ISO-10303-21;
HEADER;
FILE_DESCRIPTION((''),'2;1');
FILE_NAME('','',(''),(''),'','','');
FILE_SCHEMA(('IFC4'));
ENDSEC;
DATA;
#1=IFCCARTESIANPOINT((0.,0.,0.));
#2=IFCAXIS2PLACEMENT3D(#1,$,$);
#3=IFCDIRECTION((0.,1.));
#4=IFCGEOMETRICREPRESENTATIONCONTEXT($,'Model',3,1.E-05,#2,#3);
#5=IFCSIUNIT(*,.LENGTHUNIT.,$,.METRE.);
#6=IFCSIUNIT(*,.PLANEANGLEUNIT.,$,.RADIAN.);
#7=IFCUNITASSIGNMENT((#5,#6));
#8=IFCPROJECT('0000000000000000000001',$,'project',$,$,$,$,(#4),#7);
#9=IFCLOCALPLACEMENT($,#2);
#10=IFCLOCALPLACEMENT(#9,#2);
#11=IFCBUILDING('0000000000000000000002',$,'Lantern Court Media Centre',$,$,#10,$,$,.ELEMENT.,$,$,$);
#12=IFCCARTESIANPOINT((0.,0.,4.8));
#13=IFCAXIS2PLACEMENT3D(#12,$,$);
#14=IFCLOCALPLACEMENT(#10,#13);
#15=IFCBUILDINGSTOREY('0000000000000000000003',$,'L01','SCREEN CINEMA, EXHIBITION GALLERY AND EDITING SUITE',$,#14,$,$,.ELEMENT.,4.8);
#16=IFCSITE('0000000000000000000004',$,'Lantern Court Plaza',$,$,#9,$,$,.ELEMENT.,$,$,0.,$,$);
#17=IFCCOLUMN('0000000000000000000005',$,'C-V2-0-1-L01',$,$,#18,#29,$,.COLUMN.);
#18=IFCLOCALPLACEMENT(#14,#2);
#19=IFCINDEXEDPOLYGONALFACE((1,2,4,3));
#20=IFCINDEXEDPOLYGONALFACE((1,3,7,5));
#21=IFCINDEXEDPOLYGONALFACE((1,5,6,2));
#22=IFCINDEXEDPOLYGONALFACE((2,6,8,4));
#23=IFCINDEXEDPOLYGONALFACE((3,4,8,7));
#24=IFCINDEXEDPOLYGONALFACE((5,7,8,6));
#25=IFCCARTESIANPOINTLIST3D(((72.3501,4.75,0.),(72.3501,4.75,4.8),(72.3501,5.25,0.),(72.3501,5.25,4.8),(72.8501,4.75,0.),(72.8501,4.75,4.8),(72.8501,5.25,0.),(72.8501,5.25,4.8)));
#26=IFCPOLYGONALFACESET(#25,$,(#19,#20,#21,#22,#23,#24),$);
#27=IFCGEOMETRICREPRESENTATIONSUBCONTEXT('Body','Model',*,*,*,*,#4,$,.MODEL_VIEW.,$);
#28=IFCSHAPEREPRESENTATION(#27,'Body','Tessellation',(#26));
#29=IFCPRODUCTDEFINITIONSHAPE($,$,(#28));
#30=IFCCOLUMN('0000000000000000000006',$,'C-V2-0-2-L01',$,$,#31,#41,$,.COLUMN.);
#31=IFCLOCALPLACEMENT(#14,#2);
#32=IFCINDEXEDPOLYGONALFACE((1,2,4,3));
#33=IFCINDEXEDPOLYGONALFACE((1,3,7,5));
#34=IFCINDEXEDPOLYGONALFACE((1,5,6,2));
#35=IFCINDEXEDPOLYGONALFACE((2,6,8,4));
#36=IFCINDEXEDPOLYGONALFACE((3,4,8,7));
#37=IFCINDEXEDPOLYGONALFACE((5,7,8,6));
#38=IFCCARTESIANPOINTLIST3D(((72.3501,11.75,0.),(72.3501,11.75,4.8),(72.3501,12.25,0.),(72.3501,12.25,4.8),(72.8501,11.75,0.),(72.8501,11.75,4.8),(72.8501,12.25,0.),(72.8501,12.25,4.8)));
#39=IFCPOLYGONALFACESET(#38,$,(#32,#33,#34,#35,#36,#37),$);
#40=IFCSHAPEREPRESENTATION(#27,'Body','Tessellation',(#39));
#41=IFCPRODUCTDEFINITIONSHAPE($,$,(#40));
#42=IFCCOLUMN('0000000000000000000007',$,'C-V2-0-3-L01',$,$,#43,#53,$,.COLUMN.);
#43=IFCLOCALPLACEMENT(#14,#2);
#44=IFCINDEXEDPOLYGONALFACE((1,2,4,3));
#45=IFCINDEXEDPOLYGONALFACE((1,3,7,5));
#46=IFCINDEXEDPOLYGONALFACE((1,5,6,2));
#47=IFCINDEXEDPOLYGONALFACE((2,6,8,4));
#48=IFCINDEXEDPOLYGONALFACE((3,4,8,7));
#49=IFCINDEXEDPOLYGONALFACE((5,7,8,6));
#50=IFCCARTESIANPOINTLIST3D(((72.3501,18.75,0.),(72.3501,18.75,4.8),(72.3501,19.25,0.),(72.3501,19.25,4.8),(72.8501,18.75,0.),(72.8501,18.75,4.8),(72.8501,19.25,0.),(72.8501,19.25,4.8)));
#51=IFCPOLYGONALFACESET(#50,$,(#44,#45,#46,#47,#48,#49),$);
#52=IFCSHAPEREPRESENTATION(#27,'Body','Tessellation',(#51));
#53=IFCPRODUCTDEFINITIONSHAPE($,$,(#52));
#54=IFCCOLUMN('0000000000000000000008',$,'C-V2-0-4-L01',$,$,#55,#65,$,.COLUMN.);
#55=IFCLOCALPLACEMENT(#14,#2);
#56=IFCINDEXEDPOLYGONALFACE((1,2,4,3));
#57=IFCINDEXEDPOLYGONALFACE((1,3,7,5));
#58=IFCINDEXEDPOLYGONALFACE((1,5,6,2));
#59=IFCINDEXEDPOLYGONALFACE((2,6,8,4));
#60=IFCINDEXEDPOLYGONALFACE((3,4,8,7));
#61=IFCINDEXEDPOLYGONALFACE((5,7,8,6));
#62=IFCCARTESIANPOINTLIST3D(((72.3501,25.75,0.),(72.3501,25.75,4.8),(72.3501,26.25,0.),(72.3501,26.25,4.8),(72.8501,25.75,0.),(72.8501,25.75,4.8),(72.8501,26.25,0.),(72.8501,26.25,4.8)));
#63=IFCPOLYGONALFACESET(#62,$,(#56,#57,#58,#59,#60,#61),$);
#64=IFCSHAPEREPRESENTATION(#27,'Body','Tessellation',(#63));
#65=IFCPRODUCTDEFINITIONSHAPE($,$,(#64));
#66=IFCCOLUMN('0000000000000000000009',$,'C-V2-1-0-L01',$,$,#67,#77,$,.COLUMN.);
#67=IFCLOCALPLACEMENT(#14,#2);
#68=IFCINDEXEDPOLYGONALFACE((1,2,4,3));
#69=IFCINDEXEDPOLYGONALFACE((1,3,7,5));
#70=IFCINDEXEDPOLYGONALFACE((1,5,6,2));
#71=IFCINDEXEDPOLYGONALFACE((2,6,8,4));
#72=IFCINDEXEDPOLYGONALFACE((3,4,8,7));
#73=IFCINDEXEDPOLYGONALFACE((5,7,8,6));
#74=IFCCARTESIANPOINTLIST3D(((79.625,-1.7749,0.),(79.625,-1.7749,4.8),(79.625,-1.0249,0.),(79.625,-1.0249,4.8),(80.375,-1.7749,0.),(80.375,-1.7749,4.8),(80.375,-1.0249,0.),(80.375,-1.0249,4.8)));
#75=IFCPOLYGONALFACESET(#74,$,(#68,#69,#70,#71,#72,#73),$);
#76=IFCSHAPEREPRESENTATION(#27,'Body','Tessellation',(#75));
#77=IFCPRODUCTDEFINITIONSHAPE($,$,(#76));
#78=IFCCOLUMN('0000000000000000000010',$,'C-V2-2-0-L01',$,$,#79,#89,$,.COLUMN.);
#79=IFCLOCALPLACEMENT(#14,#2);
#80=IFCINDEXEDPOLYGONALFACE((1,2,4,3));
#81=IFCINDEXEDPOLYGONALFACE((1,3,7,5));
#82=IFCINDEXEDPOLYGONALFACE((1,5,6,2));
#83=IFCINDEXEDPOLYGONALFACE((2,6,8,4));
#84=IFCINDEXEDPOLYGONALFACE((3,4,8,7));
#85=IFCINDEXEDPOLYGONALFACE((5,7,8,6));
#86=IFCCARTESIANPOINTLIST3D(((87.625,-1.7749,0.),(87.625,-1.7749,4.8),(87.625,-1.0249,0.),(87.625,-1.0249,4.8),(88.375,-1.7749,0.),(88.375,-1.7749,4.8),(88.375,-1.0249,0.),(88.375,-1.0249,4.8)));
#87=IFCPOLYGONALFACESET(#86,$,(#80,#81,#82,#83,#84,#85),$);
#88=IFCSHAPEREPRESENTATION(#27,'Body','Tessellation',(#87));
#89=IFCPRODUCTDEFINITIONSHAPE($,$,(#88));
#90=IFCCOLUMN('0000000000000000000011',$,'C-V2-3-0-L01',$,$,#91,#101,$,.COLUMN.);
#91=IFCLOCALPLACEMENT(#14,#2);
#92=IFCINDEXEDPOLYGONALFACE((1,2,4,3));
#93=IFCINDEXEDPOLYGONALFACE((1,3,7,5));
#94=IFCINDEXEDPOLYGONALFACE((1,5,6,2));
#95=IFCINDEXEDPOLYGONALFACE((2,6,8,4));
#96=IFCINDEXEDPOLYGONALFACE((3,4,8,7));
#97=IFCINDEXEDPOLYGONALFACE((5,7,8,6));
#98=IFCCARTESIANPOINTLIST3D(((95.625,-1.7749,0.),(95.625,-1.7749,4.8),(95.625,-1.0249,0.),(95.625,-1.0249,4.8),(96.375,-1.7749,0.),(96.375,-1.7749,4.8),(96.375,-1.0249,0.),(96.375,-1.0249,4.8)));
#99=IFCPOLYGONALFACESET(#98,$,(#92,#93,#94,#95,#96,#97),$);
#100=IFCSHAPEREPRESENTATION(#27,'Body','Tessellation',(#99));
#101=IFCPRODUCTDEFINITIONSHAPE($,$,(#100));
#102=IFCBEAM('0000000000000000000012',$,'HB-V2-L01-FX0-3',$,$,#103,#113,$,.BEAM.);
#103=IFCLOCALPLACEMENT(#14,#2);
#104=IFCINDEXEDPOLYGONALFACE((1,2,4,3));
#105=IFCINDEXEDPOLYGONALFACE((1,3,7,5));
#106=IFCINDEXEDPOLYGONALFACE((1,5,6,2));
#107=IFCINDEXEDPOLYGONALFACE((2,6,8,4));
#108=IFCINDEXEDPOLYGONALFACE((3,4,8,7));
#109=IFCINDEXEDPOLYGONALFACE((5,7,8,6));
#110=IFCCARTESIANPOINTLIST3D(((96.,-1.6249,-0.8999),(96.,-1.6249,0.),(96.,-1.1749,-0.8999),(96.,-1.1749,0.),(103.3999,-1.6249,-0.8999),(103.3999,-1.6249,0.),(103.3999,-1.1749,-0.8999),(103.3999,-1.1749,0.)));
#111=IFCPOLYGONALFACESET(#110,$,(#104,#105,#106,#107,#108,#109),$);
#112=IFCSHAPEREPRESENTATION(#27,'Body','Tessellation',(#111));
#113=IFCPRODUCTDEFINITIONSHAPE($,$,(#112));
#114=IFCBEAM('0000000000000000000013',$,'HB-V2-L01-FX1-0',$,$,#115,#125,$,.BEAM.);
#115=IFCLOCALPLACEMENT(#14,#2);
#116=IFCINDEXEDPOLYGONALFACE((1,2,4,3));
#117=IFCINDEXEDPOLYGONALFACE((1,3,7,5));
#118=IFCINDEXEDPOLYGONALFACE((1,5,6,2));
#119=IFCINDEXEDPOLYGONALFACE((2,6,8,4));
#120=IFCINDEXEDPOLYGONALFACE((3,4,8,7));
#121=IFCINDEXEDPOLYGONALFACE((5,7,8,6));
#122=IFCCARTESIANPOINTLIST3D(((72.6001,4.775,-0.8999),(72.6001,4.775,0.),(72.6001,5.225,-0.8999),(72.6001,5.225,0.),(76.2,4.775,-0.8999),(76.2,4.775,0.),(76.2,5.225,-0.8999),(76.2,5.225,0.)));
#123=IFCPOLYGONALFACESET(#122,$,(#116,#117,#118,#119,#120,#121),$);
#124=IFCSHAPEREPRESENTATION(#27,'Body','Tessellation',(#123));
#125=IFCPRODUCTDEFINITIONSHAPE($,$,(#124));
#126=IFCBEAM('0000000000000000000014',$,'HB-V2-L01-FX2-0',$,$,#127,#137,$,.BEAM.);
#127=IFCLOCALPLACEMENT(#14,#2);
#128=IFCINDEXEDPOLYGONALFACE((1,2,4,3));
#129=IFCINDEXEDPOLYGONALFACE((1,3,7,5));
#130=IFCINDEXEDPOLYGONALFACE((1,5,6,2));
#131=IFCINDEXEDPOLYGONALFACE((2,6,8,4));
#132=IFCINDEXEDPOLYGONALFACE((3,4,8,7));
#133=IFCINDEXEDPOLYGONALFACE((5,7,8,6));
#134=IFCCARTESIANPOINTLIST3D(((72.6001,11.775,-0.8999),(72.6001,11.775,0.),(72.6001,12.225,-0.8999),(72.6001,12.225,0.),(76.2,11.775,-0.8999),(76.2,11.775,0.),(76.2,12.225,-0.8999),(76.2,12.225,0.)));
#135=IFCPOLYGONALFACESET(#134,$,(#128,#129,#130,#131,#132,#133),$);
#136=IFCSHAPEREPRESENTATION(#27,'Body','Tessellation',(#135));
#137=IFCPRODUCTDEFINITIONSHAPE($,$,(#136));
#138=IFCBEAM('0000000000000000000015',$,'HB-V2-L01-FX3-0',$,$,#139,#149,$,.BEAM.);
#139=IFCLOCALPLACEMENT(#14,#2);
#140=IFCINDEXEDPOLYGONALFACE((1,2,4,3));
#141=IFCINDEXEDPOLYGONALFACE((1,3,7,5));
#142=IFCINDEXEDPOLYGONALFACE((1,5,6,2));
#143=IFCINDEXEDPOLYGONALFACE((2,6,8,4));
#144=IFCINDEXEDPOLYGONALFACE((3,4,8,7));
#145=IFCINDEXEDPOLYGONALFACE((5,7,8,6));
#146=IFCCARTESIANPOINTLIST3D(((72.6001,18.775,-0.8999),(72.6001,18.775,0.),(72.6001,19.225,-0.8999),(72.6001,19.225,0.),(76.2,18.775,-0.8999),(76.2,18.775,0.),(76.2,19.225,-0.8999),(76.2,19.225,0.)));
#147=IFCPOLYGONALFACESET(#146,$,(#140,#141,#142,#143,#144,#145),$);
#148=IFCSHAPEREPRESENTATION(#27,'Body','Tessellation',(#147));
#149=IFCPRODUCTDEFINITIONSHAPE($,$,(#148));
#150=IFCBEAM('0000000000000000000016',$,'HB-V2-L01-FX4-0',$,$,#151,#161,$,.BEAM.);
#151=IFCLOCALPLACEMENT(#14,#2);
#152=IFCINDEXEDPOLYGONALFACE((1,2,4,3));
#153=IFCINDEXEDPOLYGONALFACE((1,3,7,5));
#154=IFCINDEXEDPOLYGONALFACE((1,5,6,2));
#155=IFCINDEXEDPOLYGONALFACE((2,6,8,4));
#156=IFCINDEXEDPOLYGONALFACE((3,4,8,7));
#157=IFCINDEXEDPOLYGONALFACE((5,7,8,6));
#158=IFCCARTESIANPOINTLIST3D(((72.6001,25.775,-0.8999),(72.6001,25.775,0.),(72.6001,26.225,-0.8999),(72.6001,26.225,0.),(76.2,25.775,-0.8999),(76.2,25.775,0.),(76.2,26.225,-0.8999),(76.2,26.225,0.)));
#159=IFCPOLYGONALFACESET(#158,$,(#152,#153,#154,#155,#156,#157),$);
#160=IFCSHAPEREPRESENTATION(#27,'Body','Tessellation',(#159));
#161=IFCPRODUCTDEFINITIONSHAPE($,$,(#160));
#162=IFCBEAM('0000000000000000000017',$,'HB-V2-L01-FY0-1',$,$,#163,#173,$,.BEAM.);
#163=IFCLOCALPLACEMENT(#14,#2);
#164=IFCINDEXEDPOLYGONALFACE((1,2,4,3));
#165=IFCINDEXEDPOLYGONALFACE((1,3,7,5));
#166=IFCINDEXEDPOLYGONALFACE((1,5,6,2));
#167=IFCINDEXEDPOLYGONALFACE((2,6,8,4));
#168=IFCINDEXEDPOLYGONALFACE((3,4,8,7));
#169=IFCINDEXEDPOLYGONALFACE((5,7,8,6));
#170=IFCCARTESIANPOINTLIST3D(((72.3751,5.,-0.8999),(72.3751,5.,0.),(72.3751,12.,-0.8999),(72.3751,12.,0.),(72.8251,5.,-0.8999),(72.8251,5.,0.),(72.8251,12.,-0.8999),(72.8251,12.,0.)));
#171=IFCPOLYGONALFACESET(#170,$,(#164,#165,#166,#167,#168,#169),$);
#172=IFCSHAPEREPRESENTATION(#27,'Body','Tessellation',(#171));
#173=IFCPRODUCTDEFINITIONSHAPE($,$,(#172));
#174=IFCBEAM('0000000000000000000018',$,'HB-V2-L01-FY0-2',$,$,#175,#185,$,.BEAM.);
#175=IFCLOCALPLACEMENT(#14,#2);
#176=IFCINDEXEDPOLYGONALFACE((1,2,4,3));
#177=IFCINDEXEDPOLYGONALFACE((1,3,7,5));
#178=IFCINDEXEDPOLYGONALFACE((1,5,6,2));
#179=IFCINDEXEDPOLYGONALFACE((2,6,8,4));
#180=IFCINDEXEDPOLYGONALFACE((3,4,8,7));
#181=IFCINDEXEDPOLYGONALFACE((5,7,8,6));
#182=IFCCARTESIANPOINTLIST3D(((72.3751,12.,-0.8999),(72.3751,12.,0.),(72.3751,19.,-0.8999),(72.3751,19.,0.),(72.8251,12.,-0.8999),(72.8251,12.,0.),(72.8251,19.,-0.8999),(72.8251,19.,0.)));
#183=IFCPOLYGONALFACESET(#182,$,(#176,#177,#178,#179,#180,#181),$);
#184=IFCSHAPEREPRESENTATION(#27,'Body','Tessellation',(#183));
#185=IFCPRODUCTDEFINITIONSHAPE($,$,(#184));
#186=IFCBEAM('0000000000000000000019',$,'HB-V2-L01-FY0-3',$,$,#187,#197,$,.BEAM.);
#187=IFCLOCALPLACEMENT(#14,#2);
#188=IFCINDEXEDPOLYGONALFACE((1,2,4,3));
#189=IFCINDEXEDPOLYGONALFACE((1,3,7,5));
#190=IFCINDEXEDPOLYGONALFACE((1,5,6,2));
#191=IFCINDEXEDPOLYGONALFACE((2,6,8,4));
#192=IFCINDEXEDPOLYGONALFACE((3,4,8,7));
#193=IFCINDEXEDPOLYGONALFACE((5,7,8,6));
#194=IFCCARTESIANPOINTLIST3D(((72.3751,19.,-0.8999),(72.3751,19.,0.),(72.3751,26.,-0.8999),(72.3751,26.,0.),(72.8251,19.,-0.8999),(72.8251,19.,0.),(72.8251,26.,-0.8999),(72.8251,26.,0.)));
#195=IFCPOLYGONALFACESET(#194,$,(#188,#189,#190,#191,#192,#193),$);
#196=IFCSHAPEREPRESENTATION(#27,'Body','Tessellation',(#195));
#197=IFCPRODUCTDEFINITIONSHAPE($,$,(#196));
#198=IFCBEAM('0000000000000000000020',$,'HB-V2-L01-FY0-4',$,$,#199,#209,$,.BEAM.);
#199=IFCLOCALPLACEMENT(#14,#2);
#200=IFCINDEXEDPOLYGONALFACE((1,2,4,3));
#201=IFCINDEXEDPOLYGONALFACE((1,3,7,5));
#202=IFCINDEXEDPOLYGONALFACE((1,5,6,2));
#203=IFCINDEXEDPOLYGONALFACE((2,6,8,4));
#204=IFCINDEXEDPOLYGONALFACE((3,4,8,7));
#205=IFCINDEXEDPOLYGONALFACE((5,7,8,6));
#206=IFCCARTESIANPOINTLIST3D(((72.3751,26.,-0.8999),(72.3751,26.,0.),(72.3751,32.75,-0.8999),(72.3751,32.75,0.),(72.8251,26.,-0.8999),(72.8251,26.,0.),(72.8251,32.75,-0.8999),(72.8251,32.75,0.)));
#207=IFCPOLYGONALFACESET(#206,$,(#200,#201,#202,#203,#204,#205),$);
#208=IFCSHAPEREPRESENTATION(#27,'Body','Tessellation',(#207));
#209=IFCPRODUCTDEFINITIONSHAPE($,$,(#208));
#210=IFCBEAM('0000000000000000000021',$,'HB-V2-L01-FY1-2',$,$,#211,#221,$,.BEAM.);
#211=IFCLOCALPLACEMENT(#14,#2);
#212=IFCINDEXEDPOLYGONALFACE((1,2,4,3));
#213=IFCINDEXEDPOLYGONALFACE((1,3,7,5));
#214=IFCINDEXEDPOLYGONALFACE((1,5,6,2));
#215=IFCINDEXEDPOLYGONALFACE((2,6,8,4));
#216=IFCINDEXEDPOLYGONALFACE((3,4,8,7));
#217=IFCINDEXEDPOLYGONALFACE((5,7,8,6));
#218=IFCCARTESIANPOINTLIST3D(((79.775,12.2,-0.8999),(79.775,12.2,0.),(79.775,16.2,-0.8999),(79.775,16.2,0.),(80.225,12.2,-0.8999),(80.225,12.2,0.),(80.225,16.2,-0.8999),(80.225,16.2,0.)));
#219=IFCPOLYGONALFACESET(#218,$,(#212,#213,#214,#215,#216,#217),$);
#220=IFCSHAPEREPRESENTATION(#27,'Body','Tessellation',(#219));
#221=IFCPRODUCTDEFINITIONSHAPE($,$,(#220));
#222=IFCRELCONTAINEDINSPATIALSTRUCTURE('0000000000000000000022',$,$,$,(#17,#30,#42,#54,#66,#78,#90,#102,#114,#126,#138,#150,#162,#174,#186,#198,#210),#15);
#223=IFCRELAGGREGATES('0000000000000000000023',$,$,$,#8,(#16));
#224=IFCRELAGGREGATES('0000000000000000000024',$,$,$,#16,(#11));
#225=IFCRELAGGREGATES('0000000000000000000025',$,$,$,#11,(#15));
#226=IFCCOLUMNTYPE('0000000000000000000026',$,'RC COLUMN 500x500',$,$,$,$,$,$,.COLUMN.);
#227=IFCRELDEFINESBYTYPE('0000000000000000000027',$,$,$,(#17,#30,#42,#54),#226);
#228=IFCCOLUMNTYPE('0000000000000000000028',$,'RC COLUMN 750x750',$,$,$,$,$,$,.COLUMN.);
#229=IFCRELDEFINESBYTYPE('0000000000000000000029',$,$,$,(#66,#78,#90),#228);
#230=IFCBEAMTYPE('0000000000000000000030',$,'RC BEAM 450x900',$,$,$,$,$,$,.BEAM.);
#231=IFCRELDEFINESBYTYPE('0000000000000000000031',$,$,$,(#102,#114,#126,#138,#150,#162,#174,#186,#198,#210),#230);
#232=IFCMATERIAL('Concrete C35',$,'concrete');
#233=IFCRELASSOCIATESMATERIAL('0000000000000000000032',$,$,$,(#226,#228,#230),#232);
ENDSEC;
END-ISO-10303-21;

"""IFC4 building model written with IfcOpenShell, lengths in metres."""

from ifc_helpers import new_model, si_unit, direction, frame, origin, origin_2d, place, context, subcontext, project, spatial, rectangle, extrude, material, material_profile, profile_set, type_object, element, save


model = new_model("IFC4")

# Units and contexts
model_context = context("Model", 3, precision=1e-05, world=origin(), true_north=direction((0.0, 1.0)))
body_context = subcontext(model_context, "Body", "Model", "MODEL_VIEW")
ifc_project = project(units=[si_unit("LENGTHUNIT", "METRE"), si_unit("PLANEANGLEUNIT", "RADIAN")], contexts=[model_context])

# Site, building, storey
site_placement = place(None, origin())
site = spatial("IfcSite", under=ifc_project, at=site_placement, Name="Lantern Court Plaza", CompositionType="ELEMENT", RefElevation=0.0)
building_placement = place(site_placement, origin())
building = spatial("IfcBuilding", under=site, at=building_placement, Name="Lantern Court Media Centre", CompositionType="ELEMENT")
storey_placement = place(building_placement, frame((0.0, 0.0, 4.8)))
storey = spatial("IfcBuildingStorey", under=building, at=storey_placement, Name="L01", Description="SCREEN CINEMA, EXHIBITION GALLERY AND EDITING SUITE", CompositionType="ELEMENT", Elevation=4.8)

# Columns
ifc_material_1 = material(Name="Concrete C35", Category="concrete")
ifc_material_profile_1 = material_profile(ifc_material_1, rectangle(XDim=0.5, YDim=0.5, at=origin_2d()), Name="RC 500x500")
ifc_profile_set_1 = profile_set([ifc_material_profile_1], Name="Concrete C35")
column_type_1 = type_object("IfcColumnType", Name="RC COLUMN 500x500", PredefinedType="COLUMN", material=ifc_profile_set_1)
for number, where, z_axis, x_axis, name in (
    (1, (72.6001, 5.0, 0.0), (0.0, 0.0, 1.0), (1.0, 0.0, 0.0), "C-V2-0-1-L01"),
    (2, (72.6001, 12.0, 0.0), (0.0, 0.0, 1.0), (1.0, 0.0, 0.0), "C-V2-0-2-L01"),
    (3, (72.6001, 19.0, 0.0), (0.0, 0.0, 1.0), (1.0, 0.0, 0.0), "C-V2-0-3-L01"),
    (4, (72.6001, 26.0, 0.0), (0.0, 0.0, 1.0), (1.0, 0.0, 0.0), "C-V2-0-4-L01"),
):
    element("IfcColumn", number, at=place(storey_placement, frame(where, z_axis=z_axis, x_axis=x_axis)), inside=storey, type_object=column_type_1, Name=name, PredefinedType="COLUMN", context=body_context, shape_type="SweptSolid", body=[
        extrude(rectangle(XDim=0.5, YDim=0.5, at=origin_2d()), origin(), (0.0, 0.0, 1.0), 4.8),
    ])
ifc_material_profile_2 = material_profile(ifc_material_1, rectangle(XDim=0.75, YDim=0.75, at=origin_2d()), Name="RC 750x750")
ifc_profile_set_2 = profile_set([ifc_material_profile_2], Name="Concrete C35")
column_type_2 = type_object("IfcColumnType", Name="RC COLUMN 750x750", PredefinedType="COLUMN", material=ifc_profile_set_2)
for number, where, z_axis, x_axis, name in (
    (5, (80.0, -1.3999, 0.0), (0.0, 0.0, 1.0), (1.0, 0.0, 0.0), "C-V2-1-0-L01"),
    (6, (88.0, -1.3999, 0.0), (0.0, 0.0, 1.0), (1.0, 0.0, 0.0), "C-V2-2-0-L01"),
    (7, (96.0, -1.3999, 0.0), (0.0, 0.0, 1.0), (1.0, 0.0, 0.0), "C-V2-3-0-L01"),
):
    element("IfcColumn", number, at=place(storey_placement, frame(where, z_axis=z_axis, x_axis=x_axis)), inside=storey, type_object=column_type_2, Name=name, PredefinedType="COLUMN", context=body_context, shape_type="SweptSolid", body=[
        extrude(rectangle(XDim=0.75, YDim=0.75, at=origin_2d()), origin(), (0.0, 0.0, 1.0), 4.8),
    ])

# Beams
ifc_material_profile_3 = material_profile(ifc_material_1, rectangle(XDim=0.45, YDim=0.8999, at=origin_2d()), Name="RC 450x900")
ifc_profile_set_3 = profile_set([ifc_material_profile_3], Name="Concrete C35")
beam_type_1 = type_object("IfcBeamType", Name="RC BEAM 450x900", PredefinedType="BEAM", material=ifc_profile_set_3)
beam_1_placement = place(storey_placement, frame((96.0, -1.3999, -0.45), z_axis=(1.0, 0.0, 0.0), x_axis=(0.0, 1.0, 0.0)))
element("IfcBeam", 8, at=beam_1_placement, inside=storey, type_object=beam_type_1, Name="HB-V2-L01-FX0-3", PredefinedType="BEAM", context=body_context, shape_type="SweptSolid", body=[
    extrude(rectangle(XDim=0.45, YDim=0.8999, at=origin_2d()), origin(), (0.0, 0.0, 1.0), 7.3999),
])
for number, where, z_axis, x_axis, name in (
    (9, (72.6001, 5.0, -0.45), (1.0, 0.0, 0.0), (0.0, 1.0, 0.0), "HB-V2-L01-FX1-0"),
    (10, (72.6001, 12.0, -0.45), (1.0, 0.0, 0.0), (0.0, 1.0, 0.0), "HB-V2-L01-FX2-0"),
    (11, (72.6001, 19.0, -0.45), (1.0, 0.0, 0.0), (0.0, 1.0, 0.0), "HB-V2-L01-FX3-0"),
    (12, (72.6001, 26.0, -0.45), (1.0, 0.0, 0.0), (0.0, 1.0, 0.0), "HB-V2-L01-FX4-0"),
):
    element("IfcBeam", number, at=place(storey_placement, frame(where, z_axis=z_axis, x_axis=x_axis)), inside=storey, type_object=beam_type_1, Name=name, PredefinedType="BEAM", context=body_context, shape_type="SweptSolid", body=[
        extrude(rectangle(XDim=0.45, YDim=0.8999, at=origin_2d()), origin(), (0.0, 0.0, 1.0), 3.5999),
    ])
for number, where, z_axis, x_axis, name in (
    (13, (72.6001, 5.0, -0.45), (0.0, 1.0, 0.0), (-1.0, 0.0, 0.0), "HB-V2-L01-FY0-1"),
    (14, (72.6001, 12.0, -0.45), (0.0, 1.0, 0.0), (-1.0, 0.0, 0.0), "HB-V2-L01-FY0-2"),
    (15, (72.6001, 19.0, -0.45), (0.0, 1.0, 0.0), (-1.0, 0.0, 0.0), "HB-V2-L01-FY0-3"),
):
    element("IfcBeam", number, at=place(storey_placement, frame(where, z_axis=z_axis, x_axis=x_axis)), inside=storey, type_object=beam_type_1, Name=name, PredefinedType="BEAM", context=body_context, shape_type="SweptSolid", body=[
        extrude(rectangle(XDim=0.45, YDim=0.8999, at=origin_2d()), origin(), (0.0, 0.0, 1.0), 7.0),
    ])
beam_2_placement = place(storey_placement, frame((72.6001, 26.0, -0.45), z_axis=(0.0, 1.0, 0.0), x_axis=(-1.0, 0.0, 0.0)))
element("IfcBeam", 16, at=beam_2_placement, inside=storey, type_object=beam_type_1, Name="HB-V2-L01-FY0-4", PredefinedType="BEAM", context=body_context, shape_type="SweptSolid", body=[
    extrude(rectangle(XDim=0.45, YDim=0.8999, at=origin_2d()), origin(), (0.0, 0.0, 1.0), 6.75),
])
for number, where, z_axis, x_axis, name in (
    (17, (80.0, 12.2, -0.45), (0.0, 1.0, 0.0), (-1.0, 0.0, 0.0), "HB-V2-L01-FY1-2"),
):
    element("IfcBeam", number, at=place(storey_placement, frame(where, z_axis=z_axis, x_axis=x_axis)), inside=storey, type_object=beam_type_1, Name=name, PredefinedType="BEAM", context=body_context, shape_type="SweptSolid", body=[
        extrude(rectangle(XDim=0.45, YDim=0.8999, at=origin_2d()), origin(), (0.0, 0.0, 1.0), 4.0),
    ])

save(model, "model.ifc")
